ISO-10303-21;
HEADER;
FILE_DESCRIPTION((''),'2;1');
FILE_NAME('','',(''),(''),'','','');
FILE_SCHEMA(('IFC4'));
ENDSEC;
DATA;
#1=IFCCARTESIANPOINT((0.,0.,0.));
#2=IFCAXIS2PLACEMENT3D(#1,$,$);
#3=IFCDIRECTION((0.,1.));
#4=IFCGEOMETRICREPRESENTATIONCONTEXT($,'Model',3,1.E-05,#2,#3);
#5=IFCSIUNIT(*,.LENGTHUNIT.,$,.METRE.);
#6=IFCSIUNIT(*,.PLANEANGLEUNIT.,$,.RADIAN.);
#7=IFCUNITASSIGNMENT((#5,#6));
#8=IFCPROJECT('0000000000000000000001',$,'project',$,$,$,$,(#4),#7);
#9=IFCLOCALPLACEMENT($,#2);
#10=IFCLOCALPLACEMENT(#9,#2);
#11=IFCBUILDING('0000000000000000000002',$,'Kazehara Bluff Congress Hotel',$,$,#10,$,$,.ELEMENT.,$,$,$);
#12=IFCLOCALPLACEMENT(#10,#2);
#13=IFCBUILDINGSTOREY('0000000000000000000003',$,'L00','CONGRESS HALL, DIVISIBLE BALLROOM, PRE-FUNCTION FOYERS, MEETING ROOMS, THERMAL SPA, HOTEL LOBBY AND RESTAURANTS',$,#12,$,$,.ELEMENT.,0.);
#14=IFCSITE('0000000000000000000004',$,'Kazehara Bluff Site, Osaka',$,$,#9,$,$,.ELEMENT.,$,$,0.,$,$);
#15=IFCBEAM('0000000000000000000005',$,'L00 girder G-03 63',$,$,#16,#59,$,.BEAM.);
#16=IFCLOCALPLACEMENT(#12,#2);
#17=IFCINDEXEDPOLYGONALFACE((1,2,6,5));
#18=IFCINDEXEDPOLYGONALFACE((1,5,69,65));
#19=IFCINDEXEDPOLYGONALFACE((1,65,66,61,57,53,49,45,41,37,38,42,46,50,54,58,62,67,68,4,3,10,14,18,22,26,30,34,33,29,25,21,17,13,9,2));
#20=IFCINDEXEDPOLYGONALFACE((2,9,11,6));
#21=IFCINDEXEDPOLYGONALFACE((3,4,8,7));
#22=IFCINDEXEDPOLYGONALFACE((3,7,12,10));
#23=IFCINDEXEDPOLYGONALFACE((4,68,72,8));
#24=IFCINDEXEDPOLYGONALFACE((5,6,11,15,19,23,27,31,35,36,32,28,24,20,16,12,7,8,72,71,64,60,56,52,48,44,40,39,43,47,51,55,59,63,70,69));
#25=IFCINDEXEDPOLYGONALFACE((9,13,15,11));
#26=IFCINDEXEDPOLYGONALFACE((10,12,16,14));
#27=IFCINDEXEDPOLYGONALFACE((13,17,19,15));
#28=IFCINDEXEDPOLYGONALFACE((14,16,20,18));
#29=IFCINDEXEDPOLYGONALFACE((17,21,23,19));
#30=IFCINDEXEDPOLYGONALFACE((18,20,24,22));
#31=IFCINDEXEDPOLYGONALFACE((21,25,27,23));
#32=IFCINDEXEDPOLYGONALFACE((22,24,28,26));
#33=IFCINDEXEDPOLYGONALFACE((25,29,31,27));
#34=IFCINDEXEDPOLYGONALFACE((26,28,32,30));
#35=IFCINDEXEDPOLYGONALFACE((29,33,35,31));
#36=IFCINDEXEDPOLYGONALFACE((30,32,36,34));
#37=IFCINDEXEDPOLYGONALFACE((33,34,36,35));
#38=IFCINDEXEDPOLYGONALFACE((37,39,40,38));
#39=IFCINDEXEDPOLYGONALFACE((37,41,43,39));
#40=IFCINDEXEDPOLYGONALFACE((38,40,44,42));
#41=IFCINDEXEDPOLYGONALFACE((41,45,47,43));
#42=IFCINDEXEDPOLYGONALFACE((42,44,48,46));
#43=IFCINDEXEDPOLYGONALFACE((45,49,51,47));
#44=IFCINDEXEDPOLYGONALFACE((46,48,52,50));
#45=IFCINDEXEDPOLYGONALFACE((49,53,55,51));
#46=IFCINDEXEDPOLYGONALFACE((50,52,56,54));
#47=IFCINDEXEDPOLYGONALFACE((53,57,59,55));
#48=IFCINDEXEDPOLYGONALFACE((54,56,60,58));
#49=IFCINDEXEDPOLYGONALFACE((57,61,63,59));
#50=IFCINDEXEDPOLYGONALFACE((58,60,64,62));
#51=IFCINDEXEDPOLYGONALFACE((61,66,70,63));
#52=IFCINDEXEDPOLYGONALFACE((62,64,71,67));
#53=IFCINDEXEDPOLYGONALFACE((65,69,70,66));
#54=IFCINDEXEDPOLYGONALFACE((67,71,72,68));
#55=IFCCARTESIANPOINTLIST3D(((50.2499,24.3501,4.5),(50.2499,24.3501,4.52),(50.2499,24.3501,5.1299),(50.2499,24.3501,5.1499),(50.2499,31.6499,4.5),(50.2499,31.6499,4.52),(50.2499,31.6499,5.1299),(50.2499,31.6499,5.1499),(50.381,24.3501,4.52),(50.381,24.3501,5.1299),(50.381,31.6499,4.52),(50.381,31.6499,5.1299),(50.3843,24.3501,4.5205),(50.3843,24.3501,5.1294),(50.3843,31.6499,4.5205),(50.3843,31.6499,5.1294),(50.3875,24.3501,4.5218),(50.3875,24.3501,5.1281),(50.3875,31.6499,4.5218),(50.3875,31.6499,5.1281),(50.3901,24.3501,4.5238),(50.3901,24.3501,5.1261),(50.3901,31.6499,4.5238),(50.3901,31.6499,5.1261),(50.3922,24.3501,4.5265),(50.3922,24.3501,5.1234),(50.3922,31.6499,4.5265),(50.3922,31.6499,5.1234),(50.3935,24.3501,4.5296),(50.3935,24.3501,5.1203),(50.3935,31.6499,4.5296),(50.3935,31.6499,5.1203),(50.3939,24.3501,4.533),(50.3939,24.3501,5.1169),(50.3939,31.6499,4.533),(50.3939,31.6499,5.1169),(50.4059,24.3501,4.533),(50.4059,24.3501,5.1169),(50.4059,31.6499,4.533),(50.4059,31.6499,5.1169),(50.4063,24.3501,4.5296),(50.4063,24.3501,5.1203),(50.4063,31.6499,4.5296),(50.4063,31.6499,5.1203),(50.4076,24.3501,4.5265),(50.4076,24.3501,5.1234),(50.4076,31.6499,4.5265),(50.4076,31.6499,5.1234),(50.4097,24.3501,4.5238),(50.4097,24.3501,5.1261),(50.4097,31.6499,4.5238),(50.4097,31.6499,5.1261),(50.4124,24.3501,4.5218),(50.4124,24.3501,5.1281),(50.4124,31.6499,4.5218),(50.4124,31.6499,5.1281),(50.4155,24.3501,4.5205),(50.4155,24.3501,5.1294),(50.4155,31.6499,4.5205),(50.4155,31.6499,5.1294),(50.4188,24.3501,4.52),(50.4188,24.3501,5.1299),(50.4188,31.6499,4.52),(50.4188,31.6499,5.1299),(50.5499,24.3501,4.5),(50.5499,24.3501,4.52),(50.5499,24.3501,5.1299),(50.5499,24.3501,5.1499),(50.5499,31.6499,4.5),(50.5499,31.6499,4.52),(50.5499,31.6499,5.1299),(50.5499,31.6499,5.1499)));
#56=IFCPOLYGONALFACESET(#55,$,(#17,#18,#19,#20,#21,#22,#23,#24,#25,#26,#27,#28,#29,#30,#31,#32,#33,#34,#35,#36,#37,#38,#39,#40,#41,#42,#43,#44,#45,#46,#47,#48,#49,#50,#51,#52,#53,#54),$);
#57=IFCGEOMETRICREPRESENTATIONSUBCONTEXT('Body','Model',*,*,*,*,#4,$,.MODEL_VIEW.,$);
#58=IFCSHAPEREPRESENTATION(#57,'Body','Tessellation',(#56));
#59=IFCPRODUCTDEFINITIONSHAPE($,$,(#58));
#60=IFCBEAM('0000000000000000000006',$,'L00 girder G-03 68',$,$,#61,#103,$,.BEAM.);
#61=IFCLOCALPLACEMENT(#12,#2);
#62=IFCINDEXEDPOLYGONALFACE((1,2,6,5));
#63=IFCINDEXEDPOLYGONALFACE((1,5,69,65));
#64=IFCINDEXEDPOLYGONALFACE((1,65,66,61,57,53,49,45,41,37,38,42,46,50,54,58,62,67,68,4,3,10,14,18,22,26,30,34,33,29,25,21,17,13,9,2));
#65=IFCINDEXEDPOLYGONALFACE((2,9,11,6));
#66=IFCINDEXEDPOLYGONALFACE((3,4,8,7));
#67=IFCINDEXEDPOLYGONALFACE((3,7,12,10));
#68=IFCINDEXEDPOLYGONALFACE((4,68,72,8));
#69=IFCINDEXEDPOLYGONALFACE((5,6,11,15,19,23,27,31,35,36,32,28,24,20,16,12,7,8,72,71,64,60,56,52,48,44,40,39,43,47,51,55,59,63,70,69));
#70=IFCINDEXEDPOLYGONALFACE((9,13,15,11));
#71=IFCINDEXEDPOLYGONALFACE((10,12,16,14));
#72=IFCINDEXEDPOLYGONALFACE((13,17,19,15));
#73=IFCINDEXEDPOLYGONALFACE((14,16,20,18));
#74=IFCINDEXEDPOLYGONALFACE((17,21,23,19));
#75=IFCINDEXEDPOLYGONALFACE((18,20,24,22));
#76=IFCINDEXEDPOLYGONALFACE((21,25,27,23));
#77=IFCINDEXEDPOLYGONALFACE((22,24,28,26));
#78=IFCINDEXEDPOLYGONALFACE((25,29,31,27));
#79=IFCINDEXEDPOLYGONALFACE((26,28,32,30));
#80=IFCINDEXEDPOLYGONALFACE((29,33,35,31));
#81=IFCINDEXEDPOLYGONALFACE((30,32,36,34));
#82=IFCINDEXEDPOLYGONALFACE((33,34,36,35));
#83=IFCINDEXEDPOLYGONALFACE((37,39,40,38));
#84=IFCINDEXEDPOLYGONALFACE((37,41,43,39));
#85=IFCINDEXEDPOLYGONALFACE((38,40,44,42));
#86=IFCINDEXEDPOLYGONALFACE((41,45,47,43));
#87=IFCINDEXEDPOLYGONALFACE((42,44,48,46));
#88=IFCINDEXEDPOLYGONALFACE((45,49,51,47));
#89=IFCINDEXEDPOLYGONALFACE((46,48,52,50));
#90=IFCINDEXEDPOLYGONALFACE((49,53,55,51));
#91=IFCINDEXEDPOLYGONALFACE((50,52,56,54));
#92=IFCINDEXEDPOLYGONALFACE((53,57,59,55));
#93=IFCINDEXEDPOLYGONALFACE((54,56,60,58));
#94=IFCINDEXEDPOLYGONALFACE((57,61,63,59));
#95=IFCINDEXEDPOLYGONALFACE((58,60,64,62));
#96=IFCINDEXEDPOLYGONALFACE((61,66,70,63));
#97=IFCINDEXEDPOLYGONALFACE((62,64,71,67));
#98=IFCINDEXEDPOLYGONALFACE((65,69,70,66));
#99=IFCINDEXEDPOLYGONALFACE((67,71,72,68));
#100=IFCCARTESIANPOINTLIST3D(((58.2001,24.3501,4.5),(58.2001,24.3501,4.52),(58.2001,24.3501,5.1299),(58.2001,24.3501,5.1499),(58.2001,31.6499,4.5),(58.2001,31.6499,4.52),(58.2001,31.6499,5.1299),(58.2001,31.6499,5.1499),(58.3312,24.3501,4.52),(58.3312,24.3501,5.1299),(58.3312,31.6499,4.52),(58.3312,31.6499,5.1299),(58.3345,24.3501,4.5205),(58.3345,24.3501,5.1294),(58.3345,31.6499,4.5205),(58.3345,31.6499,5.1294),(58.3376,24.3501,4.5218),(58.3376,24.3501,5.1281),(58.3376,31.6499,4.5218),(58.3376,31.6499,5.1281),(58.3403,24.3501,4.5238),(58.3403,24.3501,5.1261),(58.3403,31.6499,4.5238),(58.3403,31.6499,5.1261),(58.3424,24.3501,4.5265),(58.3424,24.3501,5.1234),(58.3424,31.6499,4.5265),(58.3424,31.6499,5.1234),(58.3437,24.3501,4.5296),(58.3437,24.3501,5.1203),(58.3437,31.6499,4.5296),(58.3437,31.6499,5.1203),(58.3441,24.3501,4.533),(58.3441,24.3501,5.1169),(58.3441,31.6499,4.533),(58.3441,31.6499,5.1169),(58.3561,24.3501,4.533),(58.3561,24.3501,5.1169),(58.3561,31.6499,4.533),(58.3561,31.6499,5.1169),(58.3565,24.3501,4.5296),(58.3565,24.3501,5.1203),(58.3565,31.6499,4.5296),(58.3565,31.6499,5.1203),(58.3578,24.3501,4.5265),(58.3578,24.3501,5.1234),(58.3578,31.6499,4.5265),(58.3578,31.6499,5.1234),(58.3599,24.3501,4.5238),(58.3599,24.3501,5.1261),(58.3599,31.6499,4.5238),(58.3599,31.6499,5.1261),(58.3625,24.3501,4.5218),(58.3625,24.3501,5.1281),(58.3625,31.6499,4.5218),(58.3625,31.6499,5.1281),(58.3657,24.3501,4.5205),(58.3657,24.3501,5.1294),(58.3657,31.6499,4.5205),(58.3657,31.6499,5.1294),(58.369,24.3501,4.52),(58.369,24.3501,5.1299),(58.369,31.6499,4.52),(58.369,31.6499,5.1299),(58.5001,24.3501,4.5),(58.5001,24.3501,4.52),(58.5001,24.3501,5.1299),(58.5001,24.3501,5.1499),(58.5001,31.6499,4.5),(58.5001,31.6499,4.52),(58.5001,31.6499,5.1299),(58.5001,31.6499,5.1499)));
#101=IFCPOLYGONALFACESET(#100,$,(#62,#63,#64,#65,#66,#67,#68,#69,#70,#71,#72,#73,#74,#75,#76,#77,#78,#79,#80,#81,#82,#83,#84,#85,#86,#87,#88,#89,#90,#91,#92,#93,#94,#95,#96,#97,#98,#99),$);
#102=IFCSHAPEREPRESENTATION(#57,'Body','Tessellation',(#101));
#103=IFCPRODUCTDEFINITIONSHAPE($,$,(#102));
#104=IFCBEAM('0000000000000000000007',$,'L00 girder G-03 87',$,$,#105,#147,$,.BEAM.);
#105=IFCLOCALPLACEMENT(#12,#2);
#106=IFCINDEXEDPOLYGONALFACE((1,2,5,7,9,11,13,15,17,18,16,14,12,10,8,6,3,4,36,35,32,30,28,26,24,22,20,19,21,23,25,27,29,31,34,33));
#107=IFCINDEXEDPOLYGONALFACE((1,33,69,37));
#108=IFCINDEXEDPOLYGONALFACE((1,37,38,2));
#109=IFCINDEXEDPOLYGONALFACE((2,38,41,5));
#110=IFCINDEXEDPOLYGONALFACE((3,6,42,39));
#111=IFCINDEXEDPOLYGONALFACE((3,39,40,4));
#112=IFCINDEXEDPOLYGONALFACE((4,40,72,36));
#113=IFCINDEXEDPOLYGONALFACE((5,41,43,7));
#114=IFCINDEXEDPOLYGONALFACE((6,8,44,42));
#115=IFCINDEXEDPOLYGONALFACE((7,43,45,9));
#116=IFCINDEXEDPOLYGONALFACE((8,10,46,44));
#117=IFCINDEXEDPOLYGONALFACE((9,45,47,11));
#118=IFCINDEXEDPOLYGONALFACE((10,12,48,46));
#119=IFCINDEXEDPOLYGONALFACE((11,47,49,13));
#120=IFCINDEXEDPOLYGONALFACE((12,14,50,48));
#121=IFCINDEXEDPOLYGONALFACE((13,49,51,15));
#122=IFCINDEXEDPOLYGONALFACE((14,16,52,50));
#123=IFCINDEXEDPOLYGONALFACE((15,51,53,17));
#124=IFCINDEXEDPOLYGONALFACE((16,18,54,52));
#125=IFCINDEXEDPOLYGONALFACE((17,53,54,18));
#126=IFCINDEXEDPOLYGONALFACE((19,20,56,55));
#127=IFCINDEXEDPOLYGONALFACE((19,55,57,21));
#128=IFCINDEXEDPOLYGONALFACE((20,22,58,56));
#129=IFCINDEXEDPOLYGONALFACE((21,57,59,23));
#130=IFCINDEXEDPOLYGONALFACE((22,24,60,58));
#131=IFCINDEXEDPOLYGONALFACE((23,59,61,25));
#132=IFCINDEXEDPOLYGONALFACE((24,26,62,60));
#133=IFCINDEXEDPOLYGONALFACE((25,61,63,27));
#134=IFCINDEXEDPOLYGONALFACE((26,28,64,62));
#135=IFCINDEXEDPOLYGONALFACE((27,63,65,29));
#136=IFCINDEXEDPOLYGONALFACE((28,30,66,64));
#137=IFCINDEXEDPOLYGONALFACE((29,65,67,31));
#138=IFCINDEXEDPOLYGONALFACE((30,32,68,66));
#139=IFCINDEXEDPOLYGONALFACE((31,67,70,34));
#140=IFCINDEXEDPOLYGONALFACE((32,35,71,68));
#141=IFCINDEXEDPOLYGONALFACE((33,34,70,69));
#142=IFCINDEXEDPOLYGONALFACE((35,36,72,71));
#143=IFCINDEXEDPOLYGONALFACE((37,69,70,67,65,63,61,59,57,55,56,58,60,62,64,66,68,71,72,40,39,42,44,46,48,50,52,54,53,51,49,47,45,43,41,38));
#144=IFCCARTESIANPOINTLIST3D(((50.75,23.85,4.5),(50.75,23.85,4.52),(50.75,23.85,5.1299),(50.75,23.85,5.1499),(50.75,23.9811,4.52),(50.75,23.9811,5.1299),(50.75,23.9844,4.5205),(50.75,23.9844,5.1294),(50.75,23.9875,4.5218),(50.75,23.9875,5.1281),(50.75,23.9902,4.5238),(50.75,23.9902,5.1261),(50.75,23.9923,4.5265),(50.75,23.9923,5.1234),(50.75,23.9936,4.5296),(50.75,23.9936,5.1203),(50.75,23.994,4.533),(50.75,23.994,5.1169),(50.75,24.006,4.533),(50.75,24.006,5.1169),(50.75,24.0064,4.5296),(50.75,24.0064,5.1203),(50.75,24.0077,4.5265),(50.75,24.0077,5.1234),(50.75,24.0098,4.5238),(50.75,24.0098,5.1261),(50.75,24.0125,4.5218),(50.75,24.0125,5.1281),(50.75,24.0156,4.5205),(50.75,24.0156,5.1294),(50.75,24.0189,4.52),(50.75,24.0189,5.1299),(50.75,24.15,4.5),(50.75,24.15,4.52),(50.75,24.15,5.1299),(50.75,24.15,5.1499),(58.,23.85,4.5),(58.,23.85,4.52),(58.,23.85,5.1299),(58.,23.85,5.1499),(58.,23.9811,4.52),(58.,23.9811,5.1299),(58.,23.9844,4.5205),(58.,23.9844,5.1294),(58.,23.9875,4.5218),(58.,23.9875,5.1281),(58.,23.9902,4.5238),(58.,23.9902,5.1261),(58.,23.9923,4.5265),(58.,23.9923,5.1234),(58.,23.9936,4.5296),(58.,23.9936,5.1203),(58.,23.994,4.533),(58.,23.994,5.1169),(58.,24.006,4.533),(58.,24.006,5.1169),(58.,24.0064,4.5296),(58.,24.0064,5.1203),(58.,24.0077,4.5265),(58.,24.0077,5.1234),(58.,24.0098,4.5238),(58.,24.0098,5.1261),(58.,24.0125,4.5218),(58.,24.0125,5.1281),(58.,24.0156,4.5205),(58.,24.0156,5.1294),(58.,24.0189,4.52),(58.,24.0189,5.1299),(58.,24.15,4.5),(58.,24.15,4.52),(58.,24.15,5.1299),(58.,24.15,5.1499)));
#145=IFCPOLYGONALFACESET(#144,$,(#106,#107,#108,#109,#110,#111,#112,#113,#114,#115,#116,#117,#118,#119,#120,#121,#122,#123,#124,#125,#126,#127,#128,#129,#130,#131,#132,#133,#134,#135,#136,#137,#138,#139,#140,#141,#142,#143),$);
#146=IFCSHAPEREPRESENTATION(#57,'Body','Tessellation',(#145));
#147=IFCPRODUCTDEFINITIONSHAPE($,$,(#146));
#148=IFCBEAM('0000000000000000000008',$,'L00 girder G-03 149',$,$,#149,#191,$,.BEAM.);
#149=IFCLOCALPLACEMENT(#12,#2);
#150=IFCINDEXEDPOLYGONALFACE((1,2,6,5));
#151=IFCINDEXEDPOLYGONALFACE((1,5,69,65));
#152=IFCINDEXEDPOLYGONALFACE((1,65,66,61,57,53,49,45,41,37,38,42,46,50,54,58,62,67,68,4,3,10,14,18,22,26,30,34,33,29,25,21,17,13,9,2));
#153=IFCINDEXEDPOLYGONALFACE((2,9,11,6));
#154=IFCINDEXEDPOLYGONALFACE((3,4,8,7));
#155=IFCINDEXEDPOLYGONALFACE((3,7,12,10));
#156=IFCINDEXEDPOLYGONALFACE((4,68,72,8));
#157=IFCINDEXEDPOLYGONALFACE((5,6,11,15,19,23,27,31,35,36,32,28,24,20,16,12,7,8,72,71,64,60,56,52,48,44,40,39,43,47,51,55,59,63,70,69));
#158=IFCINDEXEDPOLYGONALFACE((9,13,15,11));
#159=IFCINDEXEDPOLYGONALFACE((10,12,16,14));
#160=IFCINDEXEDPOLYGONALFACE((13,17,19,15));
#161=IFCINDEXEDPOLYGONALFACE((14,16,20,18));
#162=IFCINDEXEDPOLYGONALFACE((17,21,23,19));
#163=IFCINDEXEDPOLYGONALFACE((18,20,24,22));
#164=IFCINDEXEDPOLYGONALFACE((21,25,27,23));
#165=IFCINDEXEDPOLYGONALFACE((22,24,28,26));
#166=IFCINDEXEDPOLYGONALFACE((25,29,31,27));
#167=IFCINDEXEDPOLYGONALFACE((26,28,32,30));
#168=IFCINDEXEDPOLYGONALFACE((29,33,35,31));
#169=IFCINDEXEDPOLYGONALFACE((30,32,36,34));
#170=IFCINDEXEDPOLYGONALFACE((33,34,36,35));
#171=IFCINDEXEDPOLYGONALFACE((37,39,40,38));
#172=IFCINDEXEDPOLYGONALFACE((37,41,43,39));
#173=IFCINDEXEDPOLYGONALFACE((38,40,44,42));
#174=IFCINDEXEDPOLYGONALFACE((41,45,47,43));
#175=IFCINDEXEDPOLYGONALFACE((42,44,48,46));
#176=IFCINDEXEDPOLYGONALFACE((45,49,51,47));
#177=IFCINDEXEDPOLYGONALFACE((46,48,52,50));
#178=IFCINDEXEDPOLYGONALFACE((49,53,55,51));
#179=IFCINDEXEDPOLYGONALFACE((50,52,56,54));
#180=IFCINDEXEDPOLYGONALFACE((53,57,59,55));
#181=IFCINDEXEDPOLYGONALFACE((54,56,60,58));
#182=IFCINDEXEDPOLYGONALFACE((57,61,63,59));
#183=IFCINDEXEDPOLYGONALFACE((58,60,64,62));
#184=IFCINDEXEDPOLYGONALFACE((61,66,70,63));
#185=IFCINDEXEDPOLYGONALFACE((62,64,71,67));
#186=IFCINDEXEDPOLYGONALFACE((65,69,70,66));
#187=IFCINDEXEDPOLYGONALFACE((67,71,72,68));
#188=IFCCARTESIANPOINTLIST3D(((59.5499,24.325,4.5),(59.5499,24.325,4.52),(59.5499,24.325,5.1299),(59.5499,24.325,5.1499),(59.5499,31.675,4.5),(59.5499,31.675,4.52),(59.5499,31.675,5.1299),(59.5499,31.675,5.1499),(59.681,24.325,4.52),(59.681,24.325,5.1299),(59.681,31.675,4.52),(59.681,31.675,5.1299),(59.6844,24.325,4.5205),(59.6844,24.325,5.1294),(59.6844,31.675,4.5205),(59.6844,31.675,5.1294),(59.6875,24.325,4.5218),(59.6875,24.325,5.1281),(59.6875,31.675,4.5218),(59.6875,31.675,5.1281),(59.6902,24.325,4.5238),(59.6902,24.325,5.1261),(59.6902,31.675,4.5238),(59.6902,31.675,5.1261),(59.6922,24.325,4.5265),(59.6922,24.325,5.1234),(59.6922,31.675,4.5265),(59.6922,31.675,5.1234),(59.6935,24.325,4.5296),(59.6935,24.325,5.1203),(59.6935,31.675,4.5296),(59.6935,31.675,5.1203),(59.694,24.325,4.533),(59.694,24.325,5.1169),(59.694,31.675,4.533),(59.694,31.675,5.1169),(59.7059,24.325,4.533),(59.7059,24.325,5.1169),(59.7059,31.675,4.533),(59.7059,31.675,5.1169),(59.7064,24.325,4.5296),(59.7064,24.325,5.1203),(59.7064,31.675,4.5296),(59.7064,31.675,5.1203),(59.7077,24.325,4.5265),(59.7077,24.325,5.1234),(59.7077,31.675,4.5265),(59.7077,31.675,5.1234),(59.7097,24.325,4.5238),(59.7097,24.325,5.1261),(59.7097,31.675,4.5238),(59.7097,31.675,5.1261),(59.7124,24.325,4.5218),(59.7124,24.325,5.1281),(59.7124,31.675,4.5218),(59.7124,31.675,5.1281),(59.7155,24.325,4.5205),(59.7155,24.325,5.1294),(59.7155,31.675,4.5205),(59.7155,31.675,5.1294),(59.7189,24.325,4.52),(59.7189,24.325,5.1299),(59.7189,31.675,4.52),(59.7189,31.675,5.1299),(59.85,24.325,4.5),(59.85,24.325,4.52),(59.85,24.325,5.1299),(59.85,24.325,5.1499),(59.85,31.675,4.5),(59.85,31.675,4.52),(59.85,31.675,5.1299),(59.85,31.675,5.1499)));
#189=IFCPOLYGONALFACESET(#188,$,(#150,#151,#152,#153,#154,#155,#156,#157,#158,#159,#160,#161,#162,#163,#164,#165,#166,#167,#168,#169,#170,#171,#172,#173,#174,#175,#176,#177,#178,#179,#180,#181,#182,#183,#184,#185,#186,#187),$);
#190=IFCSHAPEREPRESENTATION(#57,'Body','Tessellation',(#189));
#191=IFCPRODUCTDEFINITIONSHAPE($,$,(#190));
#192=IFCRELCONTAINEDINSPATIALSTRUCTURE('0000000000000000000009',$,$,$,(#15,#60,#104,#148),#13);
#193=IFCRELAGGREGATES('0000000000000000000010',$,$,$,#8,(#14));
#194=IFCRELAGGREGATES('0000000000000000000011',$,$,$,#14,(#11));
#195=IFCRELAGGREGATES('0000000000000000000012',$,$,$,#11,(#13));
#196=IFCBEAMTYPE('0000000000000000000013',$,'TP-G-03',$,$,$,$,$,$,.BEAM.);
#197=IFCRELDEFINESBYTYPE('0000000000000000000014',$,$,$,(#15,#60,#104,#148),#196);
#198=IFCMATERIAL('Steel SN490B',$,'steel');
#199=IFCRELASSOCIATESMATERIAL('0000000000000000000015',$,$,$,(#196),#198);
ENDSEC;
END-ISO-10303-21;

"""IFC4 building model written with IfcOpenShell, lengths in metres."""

from ifc_helpers import new_model, si_unit, direction, frame, origin, origin_2d, place, context, subcontext, project, spatial, i_section, extrude, material, material_profile, profile_set, type_object, element, save


model = new_model("IFC4")

# Units and contexts
model_context = context("Model", 3, precision=1e-05, world=origin(), true_north=direction((0.0, 1.0)))
body_context = subcontext(model_context, "Body", "Model", "MODEL_VIEW")
ifc_project = project(units=[si_unit("LENGTHUNIT", "METRE"), si_unit("PLANEANGLEUNIT", "RADIAN")], contexts=[model_context])

# Site, building, storey
site_placement = place(None, origin())
site = spatial("IfcSite", under=ifc_project, at=site_placement, Name="Kazehara Bluff Site, Osaka", CompositionType="ELEMENT", RefElevation=0.0)
building_placement = place(site_placement, origin())
building = spatial("IfcBuilding", under=site, at=building_placement, Name="Kazehara Bluff Congress Hotel", CompositionType="ELEMENT")
storey_placement = place(building_placement, origin())
storey = spatial("IfcBuildingStorey", under=building, at=storey_placement, Name="L00", Description="CONGRESS HALL, DIVISIBLE BALLROOM, PRE-FUNCTION FOYERS, MEETING ROOMS, THERMAL SPA, HOTEL LOBBY AND RESTAURANTS", CompositionType="ELEMENT", Elevation=0.0)

# Beams
ifc_material_1 = material(Name="Steel SN490B", Category="steel")
ifc_material_profile_1 = material_profile(ifc_material_1, i_section(OverallWidth=0.3, OverallDepth=0.6499, WebThickness=0.012, FlangeThickness=0.02, FilletRadius=0.0129, at=origin_2d()))
ifc_profile_set_1 = profile_set([ifc_material_profile_1], Name="Steel SN490B")
beam_type_1 = type_object("IfcBeamType", Name="TP-G-03", PredefinedType="BEAM", material=ifc_profile_set_1)
for number, where, z_axis, x_axis, name in (
    (1, (50.3999, 24.3501, 4.825), (0.0, 1.0, 0.0), (-1.0, 0.0, 0.0), "L00 girder G-03 63"),
    (2, (58.3501, 24.3501, 4.825), (0.0, 1.0, 0.0), (-1.0, 0.0, 0.0), "L00 girder G-03 68"),
):
    element("IfcBeam", number, at=place(storey_placement, frame(where, z_axis=z_axis, x_axis=x_axis)), inside=storey, type_object=beam_type_1, Name=name, PredefinedType="BEAM", context=body_context, shape_type="SweptSolid", body=[
        extrude(i_section(OverallWidth=0.3, OverallDepth=0.6499, WebThickness=0.012, FlangeThickness=0.02, FilletRadius=0.0129, at=origin_2d()), origin(), (0.0, 0.0, 1.0), 7.2998),
    ])
beam_1_placement = place(storey_placement, frame((50.75, 24.0, 4.825), z_axis=(1.0, 0.0, 0.0), x_axis=(0.0, 1.0, 0.0)))
element("IfcBeam", 3, at=beam_1_placement, inside=storey, type_object=beam_type_1, Name="L00 girder G-03 87", PredefinedType="BEAM", context=body_context, shape_type="SweptSolid", body=[
    extrude(i_section(OverallWidth=0.3, OverallDepth=0.6499, WebThickness=0.012, FlangeThickness=0.02, FilletRadius=0.0129, at=origin_2d()), origin(), (0.0, 0.0, 1.0), 7.25),
])
beam_2_placement = place(storey_placement, frame((59.7, 24.325, 4.825), z_axis=(0.0, 1.0, 0.0), x_axis=(-1.0, 0.0, 0.0)))
element("IfcBeam", 4, at=beam_2_placement, inside=storey, type_object=beam_type_1, Name="L00 girder G-03 149", PredefinedType="BEAM", context=body_context, shape_type="SweptSolid", body=[
    extrude(i_section(OverallWidth=0.3, OverallDepth=0.6499, WebThickness=0.012, FlangeThickness=0.02, FilletRadius=0.0129, at=origin_2d()), origin(), (0.0, 0.0, 1.0), 7.3501),
])

save(model, "model.ifc")
